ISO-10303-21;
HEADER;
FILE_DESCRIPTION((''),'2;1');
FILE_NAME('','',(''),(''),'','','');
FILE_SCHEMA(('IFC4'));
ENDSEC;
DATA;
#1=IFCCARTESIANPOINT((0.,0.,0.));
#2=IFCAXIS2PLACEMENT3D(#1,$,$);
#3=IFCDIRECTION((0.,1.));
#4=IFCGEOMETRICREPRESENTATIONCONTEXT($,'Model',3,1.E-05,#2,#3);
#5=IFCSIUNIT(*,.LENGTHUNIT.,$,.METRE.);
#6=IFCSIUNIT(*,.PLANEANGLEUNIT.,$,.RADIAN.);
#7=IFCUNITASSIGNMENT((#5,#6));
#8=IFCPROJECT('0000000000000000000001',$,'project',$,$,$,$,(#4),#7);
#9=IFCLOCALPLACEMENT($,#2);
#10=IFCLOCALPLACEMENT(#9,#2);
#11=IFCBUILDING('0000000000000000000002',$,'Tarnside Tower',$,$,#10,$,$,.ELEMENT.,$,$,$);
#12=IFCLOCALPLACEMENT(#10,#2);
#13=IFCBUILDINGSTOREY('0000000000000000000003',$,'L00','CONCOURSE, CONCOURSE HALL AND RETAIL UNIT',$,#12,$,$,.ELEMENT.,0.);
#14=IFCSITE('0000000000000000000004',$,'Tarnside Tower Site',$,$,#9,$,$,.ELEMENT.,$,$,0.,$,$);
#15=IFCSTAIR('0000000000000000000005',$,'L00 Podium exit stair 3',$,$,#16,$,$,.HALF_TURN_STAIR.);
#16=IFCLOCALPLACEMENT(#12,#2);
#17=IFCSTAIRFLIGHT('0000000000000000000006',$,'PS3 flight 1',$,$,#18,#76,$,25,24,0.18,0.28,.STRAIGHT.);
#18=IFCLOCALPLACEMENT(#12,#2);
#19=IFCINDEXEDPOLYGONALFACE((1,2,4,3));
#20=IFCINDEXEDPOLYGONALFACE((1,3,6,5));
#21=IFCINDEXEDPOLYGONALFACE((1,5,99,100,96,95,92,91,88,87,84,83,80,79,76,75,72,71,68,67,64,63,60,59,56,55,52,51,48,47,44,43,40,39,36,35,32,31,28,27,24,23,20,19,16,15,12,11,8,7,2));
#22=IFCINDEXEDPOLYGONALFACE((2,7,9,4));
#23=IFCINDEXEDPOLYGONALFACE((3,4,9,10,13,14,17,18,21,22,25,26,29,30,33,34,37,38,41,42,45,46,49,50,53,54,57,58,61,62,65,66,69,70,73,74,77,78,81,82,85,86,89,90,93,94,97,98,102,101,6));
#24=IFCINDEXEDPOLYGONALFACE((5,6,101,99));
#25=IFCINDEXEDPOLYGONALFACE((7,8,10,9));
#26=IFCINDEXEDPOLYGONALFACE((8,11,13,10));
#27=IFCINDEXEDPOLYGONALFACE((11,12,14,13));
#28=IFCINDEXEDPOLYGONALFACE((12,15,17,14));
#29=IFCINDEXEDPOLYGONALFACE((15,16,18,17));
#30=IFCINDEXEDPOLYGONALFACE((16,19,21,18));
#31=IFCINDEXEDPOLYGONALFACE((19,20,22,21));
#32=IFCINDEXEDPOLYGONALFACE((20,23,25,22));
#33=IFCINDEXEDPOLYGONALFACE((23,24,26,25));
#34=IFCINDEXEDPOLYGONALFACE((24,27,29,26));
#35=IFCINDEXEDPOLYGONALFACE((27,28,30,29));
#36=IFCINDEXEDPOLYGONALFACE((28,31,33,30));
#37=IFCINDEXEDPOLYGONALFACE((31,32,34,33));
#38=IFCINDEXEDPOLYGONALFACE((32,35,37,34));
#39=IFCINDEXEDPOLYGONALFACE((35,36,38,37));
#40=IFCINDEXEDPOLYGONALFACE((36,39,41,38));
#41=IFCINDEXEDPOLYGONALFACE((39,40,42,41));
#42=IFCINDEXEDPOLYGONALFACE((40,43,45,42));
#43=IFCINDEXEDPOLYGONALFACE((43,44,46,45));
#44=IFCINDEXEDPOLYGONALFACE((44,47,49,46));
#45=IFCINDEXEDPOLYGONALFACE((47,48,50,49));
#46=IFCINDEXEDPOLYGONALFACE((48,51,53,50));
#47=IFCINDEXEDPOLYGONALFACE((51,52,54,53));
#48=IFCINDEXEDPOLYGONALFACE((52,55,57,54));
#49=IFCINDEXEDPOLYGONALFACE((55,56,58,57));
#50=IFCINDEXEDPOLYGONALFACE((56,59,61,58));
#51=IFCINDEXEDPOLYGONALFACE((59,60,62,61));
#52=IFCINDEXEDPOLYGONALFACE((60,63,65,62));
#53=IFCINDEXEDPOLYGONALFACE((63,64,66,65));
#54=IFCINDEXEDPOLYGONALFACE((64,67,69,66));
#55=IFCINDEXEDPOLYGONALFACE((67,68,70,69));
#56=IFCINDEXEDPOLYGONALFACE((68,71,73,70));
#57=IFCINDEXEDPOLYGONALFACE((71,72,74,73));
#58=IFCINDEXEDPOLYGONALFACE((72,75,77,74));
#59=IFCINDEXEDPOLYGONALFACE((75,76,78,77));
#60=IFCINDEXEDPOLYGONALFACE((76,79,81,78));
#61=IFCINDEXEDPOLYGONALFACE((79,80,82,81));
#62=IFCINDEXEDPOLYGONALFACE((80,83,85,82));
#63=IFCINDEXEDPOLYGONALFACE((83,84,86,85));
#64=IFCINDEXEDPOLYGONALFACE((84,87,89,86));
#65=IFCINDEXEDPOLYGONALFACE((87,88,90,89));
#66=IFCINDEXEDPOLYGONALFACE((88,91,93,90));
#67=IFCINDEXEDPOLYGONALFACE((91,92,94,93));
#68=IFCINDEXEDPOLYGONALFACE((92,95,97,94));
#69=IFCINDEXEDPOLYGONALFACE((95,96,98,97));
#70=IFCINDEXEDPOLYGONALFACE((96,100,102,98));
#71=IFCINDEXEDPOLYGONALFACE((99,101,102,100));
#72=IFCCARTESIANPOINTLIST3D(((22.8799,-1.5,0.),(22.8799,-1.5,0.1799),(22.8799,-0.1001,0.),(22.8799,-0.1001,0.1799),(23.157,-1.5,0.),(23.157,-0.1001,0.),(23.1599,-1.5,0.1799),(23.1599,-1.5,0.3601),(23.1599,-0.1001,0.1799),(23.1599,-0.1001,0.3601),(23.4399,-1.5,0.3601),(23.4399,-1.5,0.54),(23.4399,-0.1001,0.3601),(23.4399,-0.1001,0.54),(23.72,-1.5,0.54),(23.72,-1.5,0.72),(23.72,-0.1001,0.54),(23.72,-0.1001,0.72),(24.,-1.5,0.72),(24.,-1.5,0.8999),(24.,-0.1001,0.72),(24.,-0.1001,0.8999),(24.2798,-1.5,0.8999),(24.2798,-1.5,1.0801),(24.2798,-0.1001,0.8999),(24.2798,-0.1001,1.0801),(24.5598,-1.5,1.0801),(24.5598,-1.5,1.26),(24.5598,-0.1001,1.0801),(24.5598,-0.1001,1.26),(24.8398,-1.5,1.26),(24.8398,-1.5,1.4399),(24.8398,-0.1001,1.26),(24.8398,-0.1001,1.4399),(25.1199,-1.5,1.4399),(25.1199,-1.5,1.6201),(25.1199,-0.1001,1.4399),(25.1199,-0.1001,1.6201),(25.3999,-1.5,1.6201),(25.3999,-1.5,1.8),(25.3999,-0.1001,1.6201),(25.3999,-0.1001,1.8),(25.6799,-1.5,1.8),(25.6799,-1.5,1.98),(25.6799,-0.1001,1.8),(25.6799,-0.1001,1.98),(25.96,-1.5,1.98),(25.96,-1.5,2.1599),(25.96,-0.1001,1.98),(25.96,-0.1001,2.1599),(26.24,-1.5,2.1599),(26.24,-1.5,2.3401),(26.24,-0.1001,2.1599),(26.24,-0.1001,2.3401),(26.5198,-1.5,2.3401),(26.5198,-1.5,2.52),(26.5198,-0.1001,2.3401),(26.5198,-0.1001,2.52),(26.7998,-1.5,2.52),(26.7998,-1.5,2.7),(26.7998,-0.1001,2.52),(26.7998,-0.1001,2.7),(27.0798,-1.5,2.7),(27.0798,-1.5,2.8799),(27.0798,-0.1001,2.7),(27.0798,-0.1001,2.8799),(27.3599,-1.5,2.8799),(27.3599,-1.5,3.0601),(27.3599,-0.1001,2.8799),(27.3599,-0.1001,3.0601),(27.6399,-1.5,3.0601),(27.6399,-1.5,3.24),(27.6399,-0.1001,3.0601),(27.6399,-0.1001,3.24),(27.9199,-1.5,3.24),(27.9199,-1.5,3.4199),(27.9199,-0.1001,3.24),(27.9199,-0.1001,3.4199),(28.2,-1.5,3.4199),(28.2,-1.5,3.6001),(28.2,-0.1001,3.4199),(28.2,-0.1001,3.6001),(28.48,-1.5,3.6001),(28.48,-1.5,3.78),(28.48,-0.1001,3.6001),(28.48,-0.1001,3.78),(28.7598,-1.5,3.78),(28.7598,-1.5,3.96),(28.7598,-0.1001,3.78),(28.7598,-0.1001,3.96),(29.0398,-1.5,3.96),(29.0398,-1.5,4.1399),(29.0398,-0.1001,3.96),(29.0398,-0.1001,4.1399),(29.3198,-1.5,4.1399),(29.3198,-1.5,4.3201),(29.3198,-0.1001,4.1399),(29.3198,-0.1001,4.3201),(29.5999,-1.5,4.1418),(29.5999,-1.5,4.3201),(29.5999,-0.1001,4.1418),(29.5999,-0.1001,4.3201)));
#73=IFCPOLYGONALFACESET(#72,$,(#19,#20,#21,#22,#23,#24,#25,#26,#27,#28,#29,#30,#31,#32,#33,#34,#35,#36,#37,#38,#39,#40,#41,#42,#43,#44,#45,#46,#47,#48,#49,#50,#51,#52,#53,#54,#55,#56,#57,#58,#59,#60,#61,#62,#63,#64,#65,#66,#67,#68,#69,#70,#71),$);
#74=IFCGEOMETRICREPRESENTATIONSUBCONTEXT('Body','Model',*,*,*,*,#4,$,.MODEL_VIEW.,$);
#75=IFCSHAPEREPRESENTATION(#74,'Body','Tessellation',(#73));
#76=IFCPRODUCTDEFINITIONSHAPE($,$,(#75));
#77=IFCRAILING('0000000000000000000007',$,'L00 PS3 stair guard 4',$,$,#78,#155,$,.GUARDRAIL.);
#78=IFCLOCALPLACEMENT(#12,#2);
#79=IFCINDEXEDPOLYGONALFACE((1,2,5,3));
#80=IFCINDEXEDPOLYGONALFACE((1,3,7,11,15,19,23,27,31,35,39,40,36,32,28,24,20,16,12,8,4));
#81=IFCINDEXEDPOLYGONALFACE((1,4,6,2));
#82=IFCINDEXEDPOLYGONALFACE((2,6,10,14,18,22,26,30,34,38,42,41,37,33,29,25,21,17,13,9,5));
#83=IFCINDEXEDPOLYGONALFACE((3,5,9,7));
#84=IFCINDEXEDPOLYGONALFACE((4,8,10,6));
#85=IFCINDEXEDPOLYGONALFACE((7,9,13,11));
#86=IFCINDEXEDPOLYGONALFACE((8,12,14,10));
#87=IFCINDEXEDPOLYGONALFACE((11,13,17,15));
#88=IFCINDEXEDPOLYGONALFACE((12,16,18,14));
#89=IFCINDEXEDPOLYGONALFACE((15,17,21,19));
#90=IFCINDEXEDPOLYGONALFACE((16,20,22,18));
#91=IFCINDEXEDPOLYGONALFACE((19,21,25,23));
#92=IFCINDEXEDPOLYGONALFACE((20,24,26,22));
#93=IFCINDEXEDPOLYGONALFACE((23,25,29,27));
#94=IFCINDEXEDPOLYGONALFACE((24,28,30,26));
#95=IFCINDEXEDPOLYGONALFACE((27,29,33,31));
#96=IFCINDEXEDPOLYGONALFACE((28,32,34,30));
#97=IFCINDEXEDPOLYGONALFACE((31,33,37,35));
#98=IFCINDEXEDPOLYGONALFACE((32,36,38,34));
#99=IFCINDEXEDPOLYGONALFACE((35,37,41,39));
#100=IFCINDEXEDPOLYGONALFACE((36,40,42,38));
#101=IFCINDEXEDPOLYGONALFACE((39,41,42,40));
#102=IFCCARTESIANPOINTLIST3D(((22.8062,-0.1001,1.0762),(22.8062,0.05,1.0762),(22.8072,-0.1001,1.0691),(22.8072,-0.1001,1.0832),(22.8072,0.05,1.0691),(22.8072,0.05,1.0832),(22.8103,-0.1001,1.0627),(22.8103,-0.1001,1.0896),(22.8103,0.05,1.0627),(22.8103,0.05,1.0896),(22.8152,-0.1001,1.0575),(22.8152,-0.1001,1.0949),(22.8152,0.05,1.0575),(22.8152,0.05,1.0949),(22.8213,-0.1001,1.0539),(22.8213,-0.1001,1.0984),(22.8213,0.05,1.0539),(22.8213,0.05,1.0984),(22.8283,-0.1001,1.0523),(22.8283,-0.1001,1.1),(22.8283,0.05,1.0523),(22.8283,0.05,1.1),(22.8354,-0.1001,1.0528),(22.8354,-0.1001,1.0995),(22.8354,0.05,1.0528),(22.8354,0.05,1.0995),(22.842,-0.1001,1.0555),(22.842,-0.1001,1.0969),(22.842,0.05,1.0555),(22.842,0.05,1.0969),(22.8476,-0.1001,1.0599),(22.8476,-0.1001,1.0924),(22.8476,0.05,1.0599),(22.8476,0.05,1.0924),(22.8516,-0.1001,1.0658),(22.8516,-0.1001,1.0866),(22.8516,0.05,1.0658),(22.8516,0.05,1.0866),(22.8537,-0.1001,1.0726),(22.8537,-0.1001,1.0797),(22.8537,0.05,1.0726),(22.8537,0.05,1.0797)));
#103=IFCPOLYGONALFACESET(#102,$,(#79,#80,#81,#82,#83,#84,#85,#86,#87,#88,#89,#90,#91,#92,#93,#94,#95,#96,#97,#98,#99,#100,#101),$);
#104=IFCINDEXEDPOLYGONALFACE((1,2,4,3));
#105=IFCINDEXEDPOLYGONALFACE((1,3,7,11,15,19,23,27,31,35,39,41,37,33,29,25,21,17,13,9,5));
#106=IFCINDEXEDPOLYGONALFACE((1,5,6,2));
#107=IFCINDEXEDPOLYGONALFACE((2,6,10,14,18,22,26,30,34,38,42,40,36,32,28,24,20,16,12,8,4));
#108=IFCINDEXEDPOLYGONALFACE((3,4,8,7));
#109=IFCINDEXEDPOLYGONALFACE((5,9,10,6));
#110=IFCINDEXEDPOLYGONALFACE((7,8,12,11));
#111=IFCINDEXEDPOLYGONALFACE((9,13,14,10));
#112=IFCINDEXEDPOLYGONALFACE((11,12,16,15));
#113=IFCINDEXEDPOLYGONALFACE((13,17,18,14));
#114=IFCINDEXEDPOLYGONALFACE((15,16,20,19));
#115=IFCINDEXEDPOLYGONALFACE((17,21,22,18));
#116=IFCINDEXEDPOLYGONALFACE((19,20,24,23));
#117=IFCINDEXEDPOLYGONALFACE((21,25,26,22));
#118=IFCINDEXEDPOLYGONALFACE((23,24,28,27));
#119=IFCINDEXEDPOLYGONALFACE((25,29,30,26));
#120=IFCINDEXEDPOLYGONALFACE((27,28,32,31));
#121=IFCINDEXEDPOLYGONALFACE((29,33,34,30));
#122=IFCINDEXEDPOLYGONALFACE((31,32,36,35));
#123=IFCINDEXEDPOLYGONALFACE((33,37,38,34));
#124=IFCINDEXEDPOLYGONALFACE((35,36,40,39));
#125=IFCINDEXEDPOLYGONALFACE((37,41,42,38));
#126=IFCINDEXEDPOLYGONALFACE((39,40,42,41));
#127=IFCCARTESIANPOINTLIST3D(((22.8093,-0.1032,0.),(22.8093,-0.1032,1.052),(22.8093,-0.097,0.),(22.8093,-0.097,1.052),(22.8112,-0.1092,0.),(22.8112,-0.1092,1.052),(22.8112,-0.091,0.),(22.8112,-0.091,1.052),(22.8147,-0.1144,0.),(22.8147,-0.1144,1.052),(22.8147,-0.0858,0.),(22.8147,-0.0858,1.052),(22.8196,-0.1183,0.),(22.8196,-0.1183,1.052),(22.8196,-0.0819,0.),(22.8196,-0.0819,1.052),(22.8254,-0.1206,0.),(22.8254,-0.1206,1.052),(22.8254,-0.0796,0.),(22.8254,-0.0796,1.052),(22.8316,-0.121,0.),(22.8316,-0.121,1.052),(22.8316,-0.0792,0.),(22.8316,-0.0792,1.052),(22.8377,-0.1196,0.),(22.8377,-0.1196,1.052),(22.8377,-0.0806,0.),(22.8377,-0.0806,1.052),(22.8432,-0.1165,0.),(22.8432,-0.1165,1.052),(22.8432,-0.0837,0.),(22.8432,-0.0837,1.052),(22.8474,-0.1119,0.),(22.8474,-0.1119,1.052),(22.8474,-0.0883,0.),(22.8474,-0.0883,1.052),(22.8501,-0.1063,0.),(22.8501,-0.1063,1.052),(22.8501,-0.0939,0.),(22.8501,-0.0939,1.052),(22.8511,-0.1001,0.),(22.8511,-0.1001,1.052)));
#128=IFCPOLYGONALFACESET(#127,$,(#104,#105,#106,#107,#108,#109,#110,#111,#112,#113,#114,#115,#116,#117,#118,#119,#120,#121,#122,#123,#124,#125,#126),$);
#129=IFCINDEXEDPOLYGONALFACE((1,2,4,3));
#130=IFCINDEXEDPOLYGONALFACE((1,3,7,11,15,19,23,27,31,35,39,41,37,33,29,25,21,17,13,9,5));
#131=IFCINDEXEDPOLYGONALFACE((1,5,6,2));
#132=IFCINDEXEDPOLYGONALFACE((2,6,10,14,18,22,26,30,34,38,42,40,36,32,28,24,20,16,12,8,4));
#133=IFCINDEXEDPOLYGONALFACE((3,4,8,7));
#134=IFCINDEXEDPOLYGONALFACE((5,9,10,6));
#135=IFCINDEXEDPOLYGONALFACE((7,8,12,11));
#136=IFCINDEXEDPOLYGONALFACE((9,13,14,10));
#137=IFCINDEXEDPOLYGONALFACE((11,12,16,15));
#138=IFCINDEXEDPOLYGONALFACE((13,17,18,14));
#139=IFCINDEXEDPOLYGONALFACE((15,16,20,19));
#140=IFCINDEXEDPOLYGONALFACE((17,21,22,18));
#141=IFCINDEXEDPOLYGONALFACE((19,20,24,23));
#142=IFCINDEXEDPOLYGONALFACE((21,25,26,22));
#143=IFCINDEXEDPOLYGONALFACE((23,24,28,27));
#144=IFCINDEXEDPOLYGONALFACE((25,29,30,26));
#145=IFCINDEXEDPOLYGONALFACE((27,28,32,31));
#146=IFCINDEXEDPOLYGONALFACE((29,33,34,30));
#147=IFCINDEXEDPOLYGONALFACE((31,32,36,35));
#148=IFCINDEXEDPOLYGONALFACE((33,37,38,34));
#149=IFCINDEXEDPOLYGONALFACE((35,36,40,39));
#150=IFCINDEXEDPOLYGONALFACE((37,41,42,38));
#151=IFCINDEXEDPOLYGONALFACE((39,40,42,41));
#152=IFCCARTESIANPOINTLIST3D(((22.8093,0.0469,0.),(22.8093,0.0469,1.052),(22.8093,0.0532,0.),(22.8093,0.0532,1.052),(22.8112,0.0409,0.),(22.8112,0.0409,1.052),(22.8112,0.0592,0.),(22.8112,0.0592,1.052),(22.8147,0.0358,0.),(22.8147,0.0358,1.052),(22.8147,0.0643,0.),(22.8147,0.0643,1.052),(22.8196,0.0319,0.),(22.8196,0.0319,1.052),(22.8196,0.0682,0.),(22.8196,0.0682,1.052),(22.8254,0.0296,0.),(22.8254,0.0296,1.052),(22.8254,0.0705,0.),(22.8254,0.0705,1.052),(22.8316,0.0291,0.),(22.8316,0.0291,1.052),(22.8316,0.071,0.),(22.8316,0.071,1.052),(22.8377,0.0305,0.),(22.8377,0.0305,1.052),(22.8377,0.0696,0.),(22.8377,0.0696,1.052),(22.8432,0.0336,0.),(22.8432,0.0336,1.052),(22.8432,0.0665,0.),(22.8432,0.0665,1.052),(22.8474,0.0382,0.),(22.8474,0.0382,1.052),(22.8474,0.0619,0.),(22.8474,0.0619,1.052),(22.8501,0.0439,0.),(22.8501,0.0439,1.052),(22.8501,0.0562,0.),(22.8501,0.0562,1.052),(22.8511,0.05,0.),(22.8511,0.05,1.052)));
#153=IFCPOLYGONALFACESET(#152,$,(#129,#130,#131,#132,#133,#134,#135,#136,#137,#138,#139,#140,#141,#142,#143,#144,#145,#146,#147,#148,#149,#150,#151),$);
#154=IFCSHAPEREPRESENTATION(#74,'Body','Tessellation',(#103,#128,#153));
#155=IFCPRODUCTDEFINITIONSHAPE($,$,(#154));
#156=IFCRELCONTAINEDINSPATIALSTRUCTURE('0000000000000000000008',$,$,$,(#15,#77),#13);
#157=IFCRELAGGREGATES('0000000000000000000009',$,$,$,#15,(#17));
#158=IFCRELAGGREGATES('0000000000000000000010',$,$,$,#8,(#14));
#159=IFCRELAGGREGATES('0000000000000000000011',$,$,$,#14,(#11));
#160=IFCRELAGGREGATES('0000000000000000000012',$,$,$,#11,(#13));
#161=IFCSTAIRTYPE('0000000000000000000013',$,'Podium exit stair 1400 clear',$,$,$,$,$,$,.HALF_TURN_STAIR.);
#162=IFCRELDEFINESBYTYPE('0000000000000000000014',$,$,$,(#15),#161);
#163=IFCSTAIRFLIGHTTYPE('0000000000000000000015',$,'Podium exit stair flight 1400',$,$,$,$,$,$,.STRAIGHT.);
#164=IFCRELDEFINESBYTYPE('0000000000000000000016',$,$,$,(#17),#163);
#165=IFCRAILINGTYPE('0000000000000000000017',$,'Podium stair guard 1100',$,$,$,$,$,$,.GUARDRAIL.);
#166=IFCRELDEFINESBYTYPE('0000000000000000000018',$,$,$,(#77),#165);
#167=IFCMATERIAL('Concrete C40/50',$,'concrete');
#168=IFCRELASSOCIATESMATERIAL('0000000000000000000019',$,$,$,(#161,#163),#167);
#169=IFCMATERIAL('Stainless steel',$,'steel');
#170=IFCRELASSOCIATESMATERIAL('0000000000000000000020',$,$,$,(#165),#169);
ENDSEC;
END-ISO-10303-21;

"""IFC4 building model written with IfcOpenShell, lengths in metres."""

from ifc_helpers import new_model, si_unit, direction, frame, origin, origin_2d, place, context, subcontext, project, spatial, polyline, circle, outline, extrude, material, type_object, element, aggregate, save


model = new_model("IFC4")

# Units and contexts
model_context = context("Model", 3, precision=1e-05, world=origin(), true_north=direction((0.0, 1.0)))
body_context = subcontext(model_context, "Body", "Model", "MODEL_VIEW")
ifc_project = project(units=[si_unit("LENGTHUNIT", "METRE"), si_unit("PLANEANGLEUNIT", "RADIAN")], contexts=[model_context])

# Site, building, storey
site_placement = place(None, origin())
site = spatial("IfcSite", under=ifc_project, at=site_placement, Name="Tarnside Tower Site", CompositionType="ELEMENT", RefElevation=0.0)
building_placement = place(site_placement, origin())
building = spatial("IfcBuilding", under=site, at=building_placement, Name="Tarnside Tower", CompositionType="ELEMENT")
storey_placement = place(building_placement, origin())
storey = spatial("IfcBuildingStorey", under=building, at=storey_placement, Name="L00", Description="CONCOURSE, CONCOURSE HALL AND RETAIL UNIT", CompositionType="ELEMENT", Elevation=0.0)

# Stair, stair flight
ifc_material_1 = material(Name="Concrete C40/50", Category="concrete")
stair_type = type_object("IfcStairType", Name="Podium exit stair 1400 clear", PredefinedType="HALF_TURN_STAIR", material=ifc_material_1)
stair_placement = place(storey_placement, origin())
stair = element("IfcStair", 1, at=stair_placement, inside=storey, type_object=stair_type, Name="L00 Podium exit stair 3", PredefinedType="HALF_TURN_STAIR")
stair_flight_type = type_object("IfcStairFlightType", Name="Podium exit stair flight 1400", PredefinedType="STRAIGHT", material=ifc_material_1)
stair_flight_placement = place(storey_placement, frame((22.8799, -0.8, 0.0), z_axis=(0.0, 0.0, 1.0), x_axis=(1.0, 0.0, 0.0)))
stair_flight = element("IfcStairFlight", 2, at=stair_flight_placement, type_object=stair_flight_type, Name="PS3 flight 1", NumberOfRisers=25, NumberOfTreads=24, PredefinedType="STRAIGHT", RiserHeight=0.18, TreadLength=0.28, context=body_context, shape_type="SweptSolid", body=[
    extrude(outline(polyline([(0.0, 0.0), (0.0, 0.1799), (0.28, 0.1799), (0.28, 0.3601), (0.5601, 0.3601), (0.5601, 0.54), (0.8401, 0.54), (0.8401, 0.72), (1.1201, 0.72), (1.1201, 0.8999), (1.3999, 0.8999), (1.3999, 1.0801), (1.6799, 1.0801), (1.6799, 1.26), (1.96, 1.26), (1.96, 1.4399), (2.24, 1.4399), (2.24, 1.6201), (2.52, 1.6201), (2.52, 1.8), (2.8, 1.8), (2.8, 1.98), (3.0801, 1.98), (3.0801, 2.1599), (3.3601, 2.1599), (3.3601, 2.3401), (3.6399, 2.3401), (3.6399, 2.52), (3.9199, 2.52), (3.9199, 2.7), (4.2, 2.7), (4.2, 2.8799), (4.48, 2.8799), (4.48, 3.0601), (4.76, 3.0601), (4.76, 3.24), (5.04, 3.24), (5.04, 3.4199), (5.3201, 3.4199), (5.3201, 3.6001), (5.6001, 3.6001), (5.6001, 3.78), (5.8799, 3.78), (5.8799, 3.96), (6.1599, 3.96), (6.1599, 4.1399), (6.4399, 4.1399), (6.4399, 4.3201), (6.72, 4.3201), (6.72, 4.5), (6.72, 4.1418), (0.2771, 0.0), (0.0, 0.0)])), frame((0.0, 0.7, 0.0), z_axis=(0.0, -1.0, 0.0), x_axis=(1.0, 0.0, 0.0)), (0.0, 0.0, 1.0), 1.3999),
])
aggregate(stair, [stair_flight])

# Railing
ifc_material_2 = material(Name="Stainless steel", Category="steel")
railing_type = type_object("IfcRailingType", Name="Podium stair guard 1100", PredefinedType="GUARDRAIL", material=ifc_material_2)
railing_placement = place(storey_placement, frame((22.8301, -0.1001, 0.0)))
element("IfcRailing", 3, at=railing_placement, inside=storey, type_object=railing_type, Name="L00 PS3 stair guard 4", PredefinedType="GUARDRAIL", context=body_context, shape_type="SweptSolid", body=[
    extrude(circle(Radius=0.0239, at=origin_2d()), frame((0.0, 0.0, 1.0762), z_axis=(0.0, 1.0, 0.0), x_axis=(-1.0, 0.0, 0.0)), (0.0, 0.0, 1.0), 0.1501),
    extrude(circle(Radius=0.021, at=origin_2d()), origin(), (0.0, 0.0, 1.0), 1.052),
    extrude(circle(Radius=0.021, at=origin_2d()), frame((0.0, 0.1501, 0.0)), (0.0, 0.0, 1.0), 1.052),
])

save(model, "model.ifc")
